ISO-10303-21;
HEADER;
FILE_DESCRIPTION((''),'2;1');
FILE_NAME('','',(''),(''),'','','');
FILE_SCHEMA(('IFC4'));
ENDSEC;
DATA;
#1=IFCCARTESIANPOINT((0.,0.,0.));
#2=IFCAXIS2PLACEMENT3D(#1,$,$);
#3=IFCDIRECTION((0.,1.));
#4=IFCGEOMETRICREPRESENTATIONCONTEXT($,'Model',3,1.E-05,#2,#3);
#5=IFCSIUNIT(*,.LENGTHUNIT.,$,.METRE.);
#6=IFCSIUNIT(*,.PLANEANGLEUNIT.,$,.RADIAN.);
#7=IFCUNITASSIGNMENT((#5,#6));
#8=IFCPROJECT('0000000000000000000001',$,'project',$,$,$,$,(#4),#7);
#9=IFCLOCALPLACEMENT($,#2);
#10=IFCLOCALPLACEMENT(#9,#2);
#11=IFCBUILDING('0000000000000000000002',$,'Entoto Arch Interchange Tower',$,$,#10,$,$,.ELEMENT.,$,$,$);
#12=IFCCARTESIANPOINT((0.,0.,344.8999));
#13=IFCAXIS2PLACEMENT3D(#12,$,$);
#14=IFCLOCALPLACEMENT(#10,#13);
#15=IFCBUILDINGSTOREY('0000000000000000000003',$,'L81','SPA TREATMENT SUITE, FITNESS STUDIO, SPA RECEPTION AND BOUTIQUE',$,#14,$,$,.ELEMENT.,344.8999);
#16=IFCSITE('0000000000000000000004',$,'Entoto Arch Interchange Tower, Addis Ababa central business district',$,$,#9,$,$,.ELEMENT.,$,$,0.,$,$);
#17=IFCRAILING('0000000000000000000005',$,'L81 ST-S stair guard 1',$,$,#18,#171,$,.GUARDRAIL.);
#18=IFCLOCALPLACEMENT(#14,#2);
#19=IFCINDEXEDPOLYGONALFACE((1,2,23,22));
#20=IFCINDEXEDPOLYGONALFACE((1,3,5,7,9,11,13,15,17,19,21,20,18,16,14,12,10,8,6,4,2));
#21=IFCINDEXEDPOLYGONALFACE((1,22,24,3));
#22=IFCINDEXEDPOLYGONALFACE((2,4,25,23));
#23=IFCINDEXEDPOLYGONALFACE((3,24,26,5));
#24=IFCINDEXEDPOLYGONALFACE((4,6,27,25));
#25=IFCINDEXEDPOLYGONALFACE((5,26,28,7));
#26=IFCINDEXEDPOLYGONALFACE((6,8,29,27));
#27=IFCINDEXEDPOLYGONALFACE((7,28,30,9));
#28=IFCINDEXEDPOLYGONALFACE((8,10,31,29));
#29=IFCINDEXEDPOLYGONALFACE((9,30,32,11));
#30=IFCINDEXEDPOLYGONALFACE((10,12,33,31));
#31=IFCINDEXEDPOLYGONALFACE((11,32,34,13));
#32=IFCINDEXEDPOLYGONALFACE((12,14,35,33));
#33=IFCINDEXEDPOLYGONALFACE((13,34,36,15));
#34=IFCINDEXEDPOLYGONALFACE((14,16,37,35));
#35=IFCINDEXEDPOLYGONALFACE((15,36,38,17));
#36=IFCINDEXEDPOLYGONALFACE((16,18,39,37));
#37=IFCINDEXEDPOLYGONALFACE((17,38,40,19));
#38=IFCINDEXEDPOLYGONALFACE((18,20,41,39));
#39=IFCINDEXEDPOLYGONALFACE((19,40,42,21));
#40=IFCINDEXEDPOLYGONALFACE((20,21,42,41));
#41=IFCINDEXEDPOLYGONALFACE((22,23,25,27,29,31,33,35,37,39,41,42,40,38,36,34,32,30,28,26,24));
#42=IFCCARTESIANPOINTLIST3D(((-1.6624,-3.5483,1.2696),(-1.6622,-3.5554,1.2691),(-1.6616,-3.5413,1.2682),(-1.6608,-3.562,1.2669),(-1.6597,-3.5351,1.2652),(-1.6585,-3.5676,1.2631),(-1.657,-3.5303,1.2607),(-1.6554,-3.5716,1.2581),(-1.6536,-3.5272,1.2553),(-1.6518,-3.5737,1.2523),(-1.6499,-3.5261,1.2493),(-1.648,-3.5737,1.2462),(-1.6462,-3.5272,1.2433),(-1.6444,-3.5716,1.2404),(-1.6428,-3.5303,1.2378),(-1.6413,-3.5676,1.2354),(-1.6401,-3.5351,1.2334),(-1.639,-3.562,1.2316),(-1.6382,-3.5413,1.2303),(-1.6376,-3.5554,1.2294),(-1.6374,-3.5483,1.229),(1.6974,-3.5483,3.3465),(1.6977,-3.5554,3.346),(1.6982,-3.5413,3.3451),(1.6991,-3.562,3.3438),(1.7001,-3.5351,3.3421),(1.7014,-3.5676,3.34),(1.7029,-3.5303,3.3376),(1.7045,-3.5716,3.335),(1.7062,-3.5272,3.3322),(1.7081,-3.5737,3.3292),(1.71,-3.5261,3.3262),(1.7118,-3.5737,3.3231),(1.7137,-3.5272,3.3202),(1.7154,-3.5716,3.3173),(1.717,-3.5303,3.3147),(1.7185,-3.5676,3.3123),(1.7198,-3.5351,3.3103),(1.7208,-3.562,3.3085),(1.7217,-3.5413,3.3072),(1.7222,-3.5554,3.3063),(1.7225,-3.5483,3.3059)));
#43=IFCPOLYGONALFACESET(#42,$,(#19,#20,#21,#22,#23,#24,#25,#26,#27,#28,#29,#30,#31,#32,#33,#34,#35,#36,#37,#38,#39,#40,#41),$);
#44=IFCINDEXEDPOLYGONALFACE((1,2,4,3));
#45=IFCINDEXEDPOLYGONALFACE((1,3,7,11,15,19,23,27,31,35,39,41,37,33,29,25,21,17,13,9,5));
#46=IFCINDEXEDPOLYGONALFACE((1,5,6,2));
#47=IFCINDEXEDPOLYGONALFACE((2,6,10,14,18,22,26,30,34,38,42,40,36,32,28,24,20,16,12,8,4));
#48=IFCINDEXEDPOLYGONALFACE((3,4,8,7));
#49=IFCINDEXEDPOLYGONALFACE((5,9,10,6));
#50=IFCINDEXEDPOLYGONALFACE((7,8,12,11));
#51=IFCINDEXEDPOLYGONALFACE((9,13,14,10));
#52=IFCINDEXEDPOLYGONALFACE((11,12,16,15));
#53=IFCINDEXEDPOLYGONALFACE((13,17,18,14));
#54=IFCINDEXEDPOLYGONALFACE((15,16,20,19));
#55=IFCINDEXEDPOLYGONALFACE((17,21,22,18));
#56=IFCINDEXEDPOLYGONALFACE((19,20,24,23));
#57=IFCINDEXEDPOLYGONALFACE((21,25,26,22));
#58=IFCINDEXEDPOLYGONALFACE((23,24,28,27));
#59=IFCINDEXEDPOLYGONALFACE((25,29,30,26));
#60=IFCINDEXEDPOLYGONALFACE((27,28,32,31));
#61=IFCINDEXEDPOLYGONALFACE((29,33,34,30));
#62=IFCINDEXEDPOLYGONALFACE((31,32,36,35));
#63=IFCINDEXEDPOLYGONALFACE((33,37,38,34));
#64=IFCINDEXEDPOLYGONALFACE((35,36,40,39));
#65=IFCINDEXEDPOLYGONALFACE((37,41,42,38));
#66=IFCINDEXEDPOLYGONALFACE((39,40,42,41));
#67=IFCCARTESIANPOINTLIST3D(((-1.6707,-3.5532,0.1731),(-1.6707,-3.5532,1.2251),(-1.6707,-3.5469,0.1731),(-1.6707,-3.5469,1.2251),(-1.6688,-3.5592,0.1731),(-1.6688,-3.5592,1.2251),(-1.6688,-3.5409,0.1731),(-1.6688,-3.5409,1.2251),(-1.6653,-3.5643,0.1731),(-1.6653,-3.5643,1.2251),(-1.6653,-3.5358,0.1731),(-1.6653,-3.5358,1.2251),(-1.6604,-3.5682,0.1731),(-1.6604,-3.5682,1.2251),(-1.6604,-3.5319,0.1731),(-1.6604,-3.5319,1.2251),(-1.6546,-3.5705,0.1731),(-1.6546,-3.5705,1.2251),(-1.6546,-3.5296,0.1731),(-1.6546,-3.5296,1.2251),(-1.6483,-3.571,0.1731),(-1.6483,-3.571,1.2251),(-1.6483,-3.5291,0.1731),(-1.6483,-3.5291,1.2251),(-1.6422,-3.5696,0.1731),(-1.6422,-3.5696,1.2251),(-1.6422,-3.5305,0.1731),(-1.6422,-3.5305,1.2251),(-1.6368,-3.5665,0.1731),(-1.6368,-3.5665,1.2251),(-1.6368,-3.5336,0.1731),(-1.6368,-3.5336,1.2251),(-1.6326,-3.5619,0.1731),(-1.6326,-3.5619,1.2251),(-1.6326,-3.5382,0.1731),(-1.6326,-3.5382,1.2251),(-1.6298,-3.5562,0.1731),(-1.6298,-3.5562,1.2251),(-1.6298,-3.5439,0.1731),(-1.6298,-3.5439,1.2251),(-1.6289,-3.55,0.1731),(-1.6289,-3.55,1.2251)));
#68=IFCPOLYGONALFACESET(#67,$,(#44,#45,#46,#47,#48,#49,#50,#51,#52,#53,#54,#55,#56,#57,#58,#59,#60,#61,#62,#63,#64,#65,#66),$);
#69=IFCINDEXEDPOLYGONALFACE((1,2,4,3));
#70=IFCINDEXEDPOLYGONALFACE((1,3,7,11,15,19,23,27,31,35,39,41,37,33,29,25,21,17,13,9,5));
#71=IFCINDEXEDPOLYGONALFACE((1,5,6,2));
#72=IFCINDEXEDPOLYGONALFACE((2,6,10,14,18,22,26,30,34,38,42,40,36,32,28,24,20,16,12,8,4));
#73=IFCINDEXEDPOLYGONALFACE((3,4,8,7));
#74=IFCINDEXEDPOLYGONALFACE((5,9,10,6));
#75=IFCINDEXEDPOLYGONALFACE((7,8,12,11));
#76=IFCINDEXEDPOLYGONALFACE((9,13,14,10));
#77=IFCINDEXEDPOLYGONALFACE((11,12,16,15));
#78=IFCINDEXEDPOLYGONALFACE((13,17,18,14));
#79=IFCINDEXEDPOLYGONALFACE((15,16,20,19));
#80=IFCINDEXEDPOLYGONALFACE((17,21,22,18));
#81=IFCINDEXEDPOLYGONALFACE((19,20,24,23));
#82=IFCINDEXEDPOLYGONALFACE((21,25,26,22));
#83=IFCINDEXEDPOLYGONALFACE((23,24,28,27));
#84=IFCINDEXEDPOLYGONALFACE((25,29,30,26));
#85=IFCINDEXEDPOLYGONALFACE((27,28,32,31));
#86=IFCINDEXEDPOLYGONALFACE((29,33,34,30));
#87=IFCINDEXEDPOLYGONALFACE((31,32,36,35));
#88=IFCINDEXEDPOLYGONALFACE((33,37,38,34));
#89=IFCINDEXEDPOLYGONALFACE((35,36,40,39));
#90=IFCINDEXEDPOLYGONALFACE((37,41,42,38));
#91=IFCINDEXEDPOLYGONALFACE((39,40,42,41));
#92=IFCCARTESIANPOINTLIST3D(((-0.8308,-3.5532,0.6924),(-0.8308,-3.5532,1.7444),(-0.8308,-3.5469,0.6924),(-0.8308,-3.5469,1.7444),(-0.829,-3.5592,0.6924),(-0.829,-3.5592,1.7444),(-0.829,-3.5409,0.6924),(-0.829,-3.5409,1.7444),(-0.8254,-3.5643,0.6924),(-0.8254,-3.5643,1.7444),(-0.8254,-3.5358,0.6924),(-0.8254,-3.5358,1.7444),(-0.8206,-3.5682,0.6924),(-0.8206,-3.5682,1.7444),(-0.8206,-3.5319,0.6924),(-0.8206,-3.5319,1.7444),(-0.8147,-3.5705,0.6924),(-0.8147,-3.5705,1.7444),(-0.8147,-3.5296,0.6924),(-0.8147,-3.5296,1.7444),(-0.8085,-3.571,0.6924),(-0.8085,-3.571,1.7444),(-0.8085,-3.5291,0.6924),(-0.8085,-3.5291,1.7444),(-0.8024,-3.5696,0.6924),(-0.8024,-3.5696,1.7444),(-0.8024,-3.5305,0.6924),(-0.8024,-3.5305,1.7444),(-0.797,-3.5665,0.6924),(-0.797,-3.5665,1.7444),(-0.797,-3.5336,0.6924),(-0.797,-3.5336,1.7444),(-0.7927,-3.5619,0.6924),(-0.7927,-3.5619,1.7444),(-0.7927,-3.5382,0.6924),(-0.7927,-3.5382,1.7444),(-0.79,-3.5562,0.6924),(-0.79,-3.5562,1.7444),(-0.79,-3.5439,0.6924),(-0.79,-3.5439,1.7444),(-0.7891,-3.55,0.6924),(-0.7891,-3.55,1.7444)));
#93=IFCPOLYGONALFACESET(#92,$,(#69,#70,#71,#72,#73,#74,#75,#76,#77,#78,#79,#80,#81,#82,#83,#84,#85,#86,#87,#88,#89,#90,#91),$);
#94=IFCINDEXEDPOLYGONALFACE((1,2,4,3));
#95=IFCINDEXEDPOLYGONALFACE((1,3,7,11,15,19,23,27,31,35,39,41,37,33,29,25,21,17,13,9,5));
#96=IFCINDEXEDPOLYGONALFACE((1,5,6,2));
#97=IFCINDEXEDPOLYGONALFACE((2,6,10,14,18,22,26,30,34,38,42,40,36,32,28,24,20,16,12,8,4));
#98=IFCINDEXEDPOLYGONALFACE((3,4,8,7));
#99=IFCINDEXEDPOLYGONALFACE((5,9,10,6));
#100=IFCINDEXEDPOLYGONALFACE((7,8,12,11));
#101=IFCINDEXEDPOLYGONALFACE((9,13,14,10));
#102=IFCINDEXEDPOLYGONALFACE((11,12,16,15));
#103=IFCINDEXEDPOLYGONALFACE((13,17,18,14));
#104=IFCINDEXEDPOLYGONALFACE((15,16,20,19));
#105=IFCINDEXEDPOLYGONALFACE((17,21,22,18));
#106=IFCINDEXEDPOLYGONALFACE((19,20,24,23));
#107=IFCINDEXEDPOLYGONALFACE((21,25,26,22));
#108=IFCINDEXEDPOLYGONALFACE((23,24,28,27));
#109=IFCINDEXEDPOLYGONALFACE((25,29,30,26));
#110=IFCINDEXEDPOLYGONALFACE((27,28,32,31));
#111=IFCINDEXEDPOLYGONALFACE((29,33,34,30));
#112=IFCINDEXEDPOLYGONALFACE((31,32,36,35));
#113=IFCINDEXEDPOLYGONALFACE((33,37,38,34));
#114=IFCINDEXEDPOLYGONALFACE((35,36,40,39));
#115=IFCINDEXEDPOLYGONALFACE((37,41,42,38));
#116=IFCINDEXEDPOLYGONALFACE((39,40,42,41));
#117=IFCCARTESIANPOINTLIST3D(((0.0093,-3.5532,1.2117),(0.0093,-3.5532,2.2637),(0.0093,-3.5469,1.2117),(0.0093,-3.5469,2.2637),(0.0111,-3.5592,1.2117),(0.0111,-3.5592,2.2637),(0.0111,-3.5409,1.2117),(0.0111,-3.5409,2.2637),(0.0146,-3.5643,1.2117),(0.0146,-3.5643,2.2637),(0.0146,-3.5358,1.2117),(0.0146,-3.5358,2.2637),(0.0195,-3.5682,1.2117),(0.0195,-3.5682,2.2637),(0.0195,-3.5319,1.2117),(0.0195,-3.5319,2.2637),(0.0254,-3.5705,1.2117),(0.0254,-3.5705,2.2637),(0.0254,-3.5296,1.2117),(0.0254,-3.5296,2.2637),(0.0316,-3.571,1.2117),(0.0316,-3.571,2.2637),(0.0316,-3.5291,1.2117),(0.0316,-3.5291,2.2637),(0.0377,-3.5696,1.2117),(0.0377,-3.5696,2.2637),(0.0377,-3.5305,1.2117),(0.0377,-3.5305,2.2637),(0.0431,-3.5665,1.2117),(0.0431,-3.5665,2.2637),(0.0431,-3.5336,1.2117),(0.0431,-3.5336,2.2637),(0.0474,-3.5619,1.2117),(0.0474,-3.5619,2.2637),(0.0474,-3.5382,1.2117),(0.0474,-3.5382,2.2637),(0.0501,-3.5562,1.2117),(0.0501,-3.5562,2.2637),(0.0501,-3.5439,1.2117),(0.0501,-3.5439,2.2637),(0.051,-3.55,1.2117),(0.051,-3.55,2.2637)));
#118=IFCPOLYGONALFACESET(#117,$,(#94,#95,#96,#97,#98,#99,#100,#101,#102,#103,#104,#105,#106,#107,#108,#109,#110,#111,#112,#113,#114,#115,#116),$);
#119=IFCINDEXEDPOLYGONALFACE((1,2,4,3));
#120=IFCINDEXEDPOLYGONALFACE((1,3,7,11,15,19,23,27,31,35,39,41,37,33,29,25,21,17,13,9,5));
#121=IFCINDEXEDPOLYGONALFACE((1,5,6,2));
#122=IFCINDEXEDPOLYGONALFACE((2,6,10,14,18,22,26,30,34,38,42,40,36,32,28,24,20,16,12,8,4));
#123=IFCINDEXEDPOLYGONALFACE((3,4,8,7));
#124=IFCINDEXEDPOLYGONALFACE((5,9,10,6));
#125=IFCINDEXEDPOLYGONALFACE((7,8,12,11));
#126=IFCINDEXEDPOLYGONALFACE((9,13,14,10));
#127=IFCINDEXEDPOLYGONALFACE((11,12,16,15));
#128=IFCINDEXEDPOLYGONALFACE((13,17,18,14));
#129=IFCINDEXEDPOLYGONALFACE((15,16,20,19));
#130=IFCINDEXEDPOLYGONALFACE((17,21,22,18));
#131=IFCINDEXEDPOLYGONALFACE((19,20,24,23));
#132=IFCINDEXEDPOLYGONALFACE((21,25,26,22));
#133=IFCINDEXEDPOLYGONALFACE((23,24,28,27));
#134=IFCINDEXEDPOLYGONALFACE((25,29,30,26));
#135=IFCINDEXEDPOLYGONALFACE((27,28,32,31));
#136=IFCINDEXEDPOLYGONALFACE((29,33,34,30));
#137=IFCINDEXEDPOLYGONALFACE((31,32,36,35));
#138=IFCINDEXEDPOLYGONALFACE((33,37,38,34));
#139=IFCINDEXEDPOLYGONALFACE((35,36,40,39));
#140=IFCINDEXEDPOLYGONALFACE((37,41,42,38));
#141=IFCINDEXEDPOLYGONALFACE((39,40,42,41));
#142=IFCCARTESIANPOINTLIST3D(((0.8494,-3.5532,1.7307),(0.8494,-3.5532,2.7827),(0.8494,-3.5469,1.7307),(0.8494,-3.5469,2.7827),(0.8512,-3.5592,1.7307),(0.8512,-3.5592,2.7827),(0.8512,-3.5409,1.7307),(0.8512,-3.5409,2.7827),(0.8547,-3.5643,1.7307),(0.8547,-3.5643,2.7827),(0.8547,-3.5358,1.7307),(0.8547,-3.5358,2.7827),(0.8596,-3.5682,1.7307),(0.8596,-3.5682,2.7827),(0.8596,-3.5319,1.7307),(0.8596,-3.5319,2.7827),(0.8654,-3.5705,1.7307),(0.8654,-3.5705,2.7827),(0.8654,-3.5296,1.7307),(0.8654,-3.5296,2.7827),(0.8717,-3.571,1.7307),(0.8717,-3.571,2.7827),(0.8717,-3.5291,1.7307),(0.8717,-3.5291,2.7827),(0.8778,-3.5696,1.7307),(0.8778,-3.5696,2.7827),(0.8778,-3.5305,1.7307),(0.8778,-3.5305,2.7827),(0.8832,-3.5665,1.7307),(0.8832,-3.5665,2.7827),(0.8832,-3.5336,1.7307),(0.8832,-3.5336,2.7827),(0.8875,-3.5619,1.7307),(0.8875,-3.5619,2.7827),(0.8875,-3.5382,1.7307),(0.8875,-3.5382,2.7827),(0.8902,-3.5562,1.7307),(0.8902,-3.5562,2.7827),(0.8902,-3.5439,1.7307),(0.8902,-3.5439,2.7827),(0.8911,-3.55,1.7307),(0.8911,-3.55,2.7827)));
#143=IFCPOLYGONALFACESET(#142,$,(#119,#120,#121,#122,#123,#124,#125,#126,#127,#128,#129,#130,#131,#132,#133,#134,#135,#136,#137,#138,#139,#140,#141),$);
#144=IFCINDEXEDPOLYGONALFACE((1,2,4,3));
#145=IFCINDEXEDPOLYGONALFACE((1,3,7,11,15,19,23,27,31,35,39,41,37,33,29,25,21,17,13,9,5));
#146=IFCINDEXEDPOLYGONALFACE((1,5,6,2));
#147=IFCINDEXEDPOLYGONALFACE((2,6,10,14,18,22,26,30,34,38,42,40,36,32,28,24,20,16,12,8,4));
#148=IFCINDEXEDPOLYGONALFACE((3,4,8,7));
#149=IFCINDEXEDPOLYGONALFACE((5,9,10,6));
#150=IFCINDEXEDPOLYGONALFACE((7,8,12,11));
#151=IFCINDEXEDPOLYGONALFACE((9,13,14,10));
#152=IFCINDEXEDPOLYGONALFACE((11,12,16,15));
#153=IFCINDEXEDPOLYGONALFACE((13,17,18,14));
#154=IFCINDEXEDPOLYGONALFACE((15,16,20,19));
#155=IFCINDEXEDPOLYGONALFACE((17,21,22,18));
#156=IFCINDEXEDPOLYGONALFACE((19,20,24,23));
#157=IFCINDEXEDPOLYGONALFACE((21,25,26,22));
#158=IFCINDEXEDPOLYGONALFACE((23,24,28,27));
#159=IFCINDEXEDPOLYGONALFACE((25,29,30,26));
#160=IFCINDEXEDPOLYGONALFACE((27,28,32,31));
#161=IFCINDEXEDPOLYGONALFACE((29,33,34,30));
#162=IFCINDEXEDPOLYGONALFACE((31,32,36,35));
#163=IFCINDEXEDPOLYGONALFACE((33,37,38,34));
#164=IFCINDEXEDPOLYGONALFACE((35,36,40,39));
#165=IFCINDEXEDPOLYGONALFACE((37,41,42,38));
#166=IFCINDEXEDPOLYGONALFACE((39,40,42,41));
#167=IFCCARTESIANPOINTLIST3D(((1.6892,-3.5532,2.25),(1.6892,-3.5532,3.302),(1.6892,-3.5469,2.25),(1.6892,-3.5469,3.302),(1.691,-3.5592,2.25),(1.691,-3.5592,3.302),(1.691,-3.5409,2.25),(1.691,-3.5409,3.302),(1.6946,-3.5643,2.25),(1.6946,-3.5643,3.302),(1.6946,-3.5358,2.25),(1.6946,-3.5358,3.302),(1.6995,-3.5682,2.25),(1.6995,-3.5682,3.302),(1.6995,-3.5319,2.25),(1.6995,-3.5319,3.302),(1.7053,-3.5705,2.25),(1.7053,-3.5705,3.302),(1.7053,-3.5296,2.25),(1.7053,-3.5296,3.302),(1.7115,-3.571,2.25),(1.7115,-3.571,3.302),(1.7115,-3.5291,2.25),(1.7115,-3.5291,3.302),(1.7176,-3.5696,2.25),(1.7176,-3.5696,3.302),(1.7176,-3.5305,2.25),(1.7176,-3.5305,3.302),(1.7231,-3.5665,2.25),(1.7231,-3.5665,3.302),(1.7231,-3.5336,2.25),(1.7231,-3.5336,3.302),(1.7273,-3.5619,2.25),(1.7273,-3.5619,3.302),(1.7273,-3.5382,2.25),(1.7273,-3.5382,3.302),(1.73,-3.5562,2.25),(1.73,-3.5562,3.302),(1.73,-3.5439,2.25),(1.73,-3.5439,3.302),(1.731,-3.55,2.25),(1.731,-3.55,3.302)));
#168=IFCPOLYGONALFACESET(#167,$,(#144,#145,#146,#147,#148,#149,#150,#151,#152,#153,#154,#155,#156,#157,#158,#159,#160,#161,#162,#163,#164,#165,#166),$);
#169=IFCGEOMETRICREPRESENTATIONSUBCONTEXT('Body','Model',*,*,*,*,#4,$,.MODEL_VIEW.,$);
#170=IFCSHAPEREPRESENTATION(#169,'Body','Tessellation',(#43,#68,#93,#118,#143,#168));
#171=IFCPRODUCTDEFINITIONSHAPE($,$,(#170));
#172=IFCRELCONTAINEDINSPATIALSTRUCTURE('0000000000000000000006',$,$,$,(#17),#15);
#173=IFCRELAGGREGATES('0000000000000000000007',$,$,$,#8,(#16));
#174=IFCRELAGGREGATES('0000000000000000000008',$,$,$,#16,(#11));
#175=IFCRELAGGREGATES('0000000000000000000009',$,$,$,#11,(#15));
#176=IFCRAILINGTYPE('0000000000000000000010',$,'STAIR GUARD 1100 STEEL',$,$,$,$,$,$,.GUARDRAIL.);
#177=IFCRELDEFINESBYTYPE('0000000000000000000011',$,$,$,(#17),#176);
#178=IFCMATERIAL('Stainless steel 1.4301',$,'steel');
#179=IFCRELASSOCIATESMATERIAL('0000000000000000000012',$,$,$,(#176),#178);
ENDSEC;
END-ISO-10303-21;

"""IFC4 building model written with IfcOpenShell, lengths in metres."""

from ifc_helpers import new_model, si_unit, direction, frame, origin, origin_2d, place, context, subcontext, project, spatial, circle, extrude, material, type_object, element, save


model = new_model("IFC4")

# Units and contexts
model_context = context("Model", 3, precision=1e-05, world=origin(), true_north=direction((0.0, 1.0)))
body_context = subcontext(model_context, "Body", "Model", "MODEL_VIEW")
ifc_project = project(units=[si_unit("LENGTHUNIT", "METRE"), si_unit("PLANEANGLEUNIT", "RADIAN")], contexts=[model_context])

# Site, building, storey
site_placement = place(None, origin())
site = spatial("IfcSite", under=ifc_project, at=site_placement, Name="Entoto Arch Interchange Tower, Addis Ababa central business district", CompositionType="ELEMENT", RefElevation=0.0)
building_placement = place(site_placement, origin())
building = spatial("IfcBuilding", under=site, at=building_placement, Name="Entoto Arch Interchange Tower", CompositionType="ELEMENT")
storey_placement = place(building_placement, frame((0.0, 0.0, 344.8999)))
storey = spatial("IfcBuildingStorey", under=building, at=storey_placement, Name="L81", Description="SPA TREATMENT SUITE, FITNESS STUDIO, SPA RECEPTION AND BOUTIQUE", CompositionType="ELEMENT", Elevation=344.8999)

# Railing
ifc_material_1 = material(Name="Stainless steel 1.4301", Category="steel")
railing_type_1 = type_object("IfcRailingType", Name="STAIR GUARD 1100 STEEL", PredefinedType="GUARDRAIL", material=ifc_material_1)
railing_1_placement = place(storey_placement, frame((-1.6499, -3.55, 0.1731)))
element("IfcRailing", 1, at=railing_1_placement, inside=storey, type_object=railing_type_1, Name="L81 ST-S stair guard 1", PredefinedType="GUARDRAIL", context=body_context, shape_type="SweptSolid", body=[
    extrude(circle(Radius=0.0239, at=origin_2d()), frame((0.0, 0.0, 1.0762), z_axis=(0.850606, 0.0, 0.525803), x_axis=(0.0, 1.0, 0.0)), (0.0, 0.0, 1.0), 3.95),
    extrude(circle(Radius=0.021, at=origin_2d()), origin(), (0.0, 0.0, 1.0), 1.052),
    extrude(circle(Radius=0.021, at=origin_2d()), frame((0.8398, 0.0, 0.5193)), (0.0, 0.0, 1.0), 1.052),
    extrude(circle(Radius=0.021, at=origin_2d()), frame((1.6799, 0.0, 1.0386)), (0.0, 0.0, 1.0), 1.052),
    extrude(circle(Radius=0.021, at=origin_2d()), frame((2.52, 0.0, 1.5576)), (0.0, 0.0, 1.0), 1.052),
    extrude(circle(Radius=0.021, at=origin_2d()), frame((3.3599, 0.0, 2.0769)), (0.0, 0.0, 1.0), 1.052),
])

save(model, "model.ifc")
